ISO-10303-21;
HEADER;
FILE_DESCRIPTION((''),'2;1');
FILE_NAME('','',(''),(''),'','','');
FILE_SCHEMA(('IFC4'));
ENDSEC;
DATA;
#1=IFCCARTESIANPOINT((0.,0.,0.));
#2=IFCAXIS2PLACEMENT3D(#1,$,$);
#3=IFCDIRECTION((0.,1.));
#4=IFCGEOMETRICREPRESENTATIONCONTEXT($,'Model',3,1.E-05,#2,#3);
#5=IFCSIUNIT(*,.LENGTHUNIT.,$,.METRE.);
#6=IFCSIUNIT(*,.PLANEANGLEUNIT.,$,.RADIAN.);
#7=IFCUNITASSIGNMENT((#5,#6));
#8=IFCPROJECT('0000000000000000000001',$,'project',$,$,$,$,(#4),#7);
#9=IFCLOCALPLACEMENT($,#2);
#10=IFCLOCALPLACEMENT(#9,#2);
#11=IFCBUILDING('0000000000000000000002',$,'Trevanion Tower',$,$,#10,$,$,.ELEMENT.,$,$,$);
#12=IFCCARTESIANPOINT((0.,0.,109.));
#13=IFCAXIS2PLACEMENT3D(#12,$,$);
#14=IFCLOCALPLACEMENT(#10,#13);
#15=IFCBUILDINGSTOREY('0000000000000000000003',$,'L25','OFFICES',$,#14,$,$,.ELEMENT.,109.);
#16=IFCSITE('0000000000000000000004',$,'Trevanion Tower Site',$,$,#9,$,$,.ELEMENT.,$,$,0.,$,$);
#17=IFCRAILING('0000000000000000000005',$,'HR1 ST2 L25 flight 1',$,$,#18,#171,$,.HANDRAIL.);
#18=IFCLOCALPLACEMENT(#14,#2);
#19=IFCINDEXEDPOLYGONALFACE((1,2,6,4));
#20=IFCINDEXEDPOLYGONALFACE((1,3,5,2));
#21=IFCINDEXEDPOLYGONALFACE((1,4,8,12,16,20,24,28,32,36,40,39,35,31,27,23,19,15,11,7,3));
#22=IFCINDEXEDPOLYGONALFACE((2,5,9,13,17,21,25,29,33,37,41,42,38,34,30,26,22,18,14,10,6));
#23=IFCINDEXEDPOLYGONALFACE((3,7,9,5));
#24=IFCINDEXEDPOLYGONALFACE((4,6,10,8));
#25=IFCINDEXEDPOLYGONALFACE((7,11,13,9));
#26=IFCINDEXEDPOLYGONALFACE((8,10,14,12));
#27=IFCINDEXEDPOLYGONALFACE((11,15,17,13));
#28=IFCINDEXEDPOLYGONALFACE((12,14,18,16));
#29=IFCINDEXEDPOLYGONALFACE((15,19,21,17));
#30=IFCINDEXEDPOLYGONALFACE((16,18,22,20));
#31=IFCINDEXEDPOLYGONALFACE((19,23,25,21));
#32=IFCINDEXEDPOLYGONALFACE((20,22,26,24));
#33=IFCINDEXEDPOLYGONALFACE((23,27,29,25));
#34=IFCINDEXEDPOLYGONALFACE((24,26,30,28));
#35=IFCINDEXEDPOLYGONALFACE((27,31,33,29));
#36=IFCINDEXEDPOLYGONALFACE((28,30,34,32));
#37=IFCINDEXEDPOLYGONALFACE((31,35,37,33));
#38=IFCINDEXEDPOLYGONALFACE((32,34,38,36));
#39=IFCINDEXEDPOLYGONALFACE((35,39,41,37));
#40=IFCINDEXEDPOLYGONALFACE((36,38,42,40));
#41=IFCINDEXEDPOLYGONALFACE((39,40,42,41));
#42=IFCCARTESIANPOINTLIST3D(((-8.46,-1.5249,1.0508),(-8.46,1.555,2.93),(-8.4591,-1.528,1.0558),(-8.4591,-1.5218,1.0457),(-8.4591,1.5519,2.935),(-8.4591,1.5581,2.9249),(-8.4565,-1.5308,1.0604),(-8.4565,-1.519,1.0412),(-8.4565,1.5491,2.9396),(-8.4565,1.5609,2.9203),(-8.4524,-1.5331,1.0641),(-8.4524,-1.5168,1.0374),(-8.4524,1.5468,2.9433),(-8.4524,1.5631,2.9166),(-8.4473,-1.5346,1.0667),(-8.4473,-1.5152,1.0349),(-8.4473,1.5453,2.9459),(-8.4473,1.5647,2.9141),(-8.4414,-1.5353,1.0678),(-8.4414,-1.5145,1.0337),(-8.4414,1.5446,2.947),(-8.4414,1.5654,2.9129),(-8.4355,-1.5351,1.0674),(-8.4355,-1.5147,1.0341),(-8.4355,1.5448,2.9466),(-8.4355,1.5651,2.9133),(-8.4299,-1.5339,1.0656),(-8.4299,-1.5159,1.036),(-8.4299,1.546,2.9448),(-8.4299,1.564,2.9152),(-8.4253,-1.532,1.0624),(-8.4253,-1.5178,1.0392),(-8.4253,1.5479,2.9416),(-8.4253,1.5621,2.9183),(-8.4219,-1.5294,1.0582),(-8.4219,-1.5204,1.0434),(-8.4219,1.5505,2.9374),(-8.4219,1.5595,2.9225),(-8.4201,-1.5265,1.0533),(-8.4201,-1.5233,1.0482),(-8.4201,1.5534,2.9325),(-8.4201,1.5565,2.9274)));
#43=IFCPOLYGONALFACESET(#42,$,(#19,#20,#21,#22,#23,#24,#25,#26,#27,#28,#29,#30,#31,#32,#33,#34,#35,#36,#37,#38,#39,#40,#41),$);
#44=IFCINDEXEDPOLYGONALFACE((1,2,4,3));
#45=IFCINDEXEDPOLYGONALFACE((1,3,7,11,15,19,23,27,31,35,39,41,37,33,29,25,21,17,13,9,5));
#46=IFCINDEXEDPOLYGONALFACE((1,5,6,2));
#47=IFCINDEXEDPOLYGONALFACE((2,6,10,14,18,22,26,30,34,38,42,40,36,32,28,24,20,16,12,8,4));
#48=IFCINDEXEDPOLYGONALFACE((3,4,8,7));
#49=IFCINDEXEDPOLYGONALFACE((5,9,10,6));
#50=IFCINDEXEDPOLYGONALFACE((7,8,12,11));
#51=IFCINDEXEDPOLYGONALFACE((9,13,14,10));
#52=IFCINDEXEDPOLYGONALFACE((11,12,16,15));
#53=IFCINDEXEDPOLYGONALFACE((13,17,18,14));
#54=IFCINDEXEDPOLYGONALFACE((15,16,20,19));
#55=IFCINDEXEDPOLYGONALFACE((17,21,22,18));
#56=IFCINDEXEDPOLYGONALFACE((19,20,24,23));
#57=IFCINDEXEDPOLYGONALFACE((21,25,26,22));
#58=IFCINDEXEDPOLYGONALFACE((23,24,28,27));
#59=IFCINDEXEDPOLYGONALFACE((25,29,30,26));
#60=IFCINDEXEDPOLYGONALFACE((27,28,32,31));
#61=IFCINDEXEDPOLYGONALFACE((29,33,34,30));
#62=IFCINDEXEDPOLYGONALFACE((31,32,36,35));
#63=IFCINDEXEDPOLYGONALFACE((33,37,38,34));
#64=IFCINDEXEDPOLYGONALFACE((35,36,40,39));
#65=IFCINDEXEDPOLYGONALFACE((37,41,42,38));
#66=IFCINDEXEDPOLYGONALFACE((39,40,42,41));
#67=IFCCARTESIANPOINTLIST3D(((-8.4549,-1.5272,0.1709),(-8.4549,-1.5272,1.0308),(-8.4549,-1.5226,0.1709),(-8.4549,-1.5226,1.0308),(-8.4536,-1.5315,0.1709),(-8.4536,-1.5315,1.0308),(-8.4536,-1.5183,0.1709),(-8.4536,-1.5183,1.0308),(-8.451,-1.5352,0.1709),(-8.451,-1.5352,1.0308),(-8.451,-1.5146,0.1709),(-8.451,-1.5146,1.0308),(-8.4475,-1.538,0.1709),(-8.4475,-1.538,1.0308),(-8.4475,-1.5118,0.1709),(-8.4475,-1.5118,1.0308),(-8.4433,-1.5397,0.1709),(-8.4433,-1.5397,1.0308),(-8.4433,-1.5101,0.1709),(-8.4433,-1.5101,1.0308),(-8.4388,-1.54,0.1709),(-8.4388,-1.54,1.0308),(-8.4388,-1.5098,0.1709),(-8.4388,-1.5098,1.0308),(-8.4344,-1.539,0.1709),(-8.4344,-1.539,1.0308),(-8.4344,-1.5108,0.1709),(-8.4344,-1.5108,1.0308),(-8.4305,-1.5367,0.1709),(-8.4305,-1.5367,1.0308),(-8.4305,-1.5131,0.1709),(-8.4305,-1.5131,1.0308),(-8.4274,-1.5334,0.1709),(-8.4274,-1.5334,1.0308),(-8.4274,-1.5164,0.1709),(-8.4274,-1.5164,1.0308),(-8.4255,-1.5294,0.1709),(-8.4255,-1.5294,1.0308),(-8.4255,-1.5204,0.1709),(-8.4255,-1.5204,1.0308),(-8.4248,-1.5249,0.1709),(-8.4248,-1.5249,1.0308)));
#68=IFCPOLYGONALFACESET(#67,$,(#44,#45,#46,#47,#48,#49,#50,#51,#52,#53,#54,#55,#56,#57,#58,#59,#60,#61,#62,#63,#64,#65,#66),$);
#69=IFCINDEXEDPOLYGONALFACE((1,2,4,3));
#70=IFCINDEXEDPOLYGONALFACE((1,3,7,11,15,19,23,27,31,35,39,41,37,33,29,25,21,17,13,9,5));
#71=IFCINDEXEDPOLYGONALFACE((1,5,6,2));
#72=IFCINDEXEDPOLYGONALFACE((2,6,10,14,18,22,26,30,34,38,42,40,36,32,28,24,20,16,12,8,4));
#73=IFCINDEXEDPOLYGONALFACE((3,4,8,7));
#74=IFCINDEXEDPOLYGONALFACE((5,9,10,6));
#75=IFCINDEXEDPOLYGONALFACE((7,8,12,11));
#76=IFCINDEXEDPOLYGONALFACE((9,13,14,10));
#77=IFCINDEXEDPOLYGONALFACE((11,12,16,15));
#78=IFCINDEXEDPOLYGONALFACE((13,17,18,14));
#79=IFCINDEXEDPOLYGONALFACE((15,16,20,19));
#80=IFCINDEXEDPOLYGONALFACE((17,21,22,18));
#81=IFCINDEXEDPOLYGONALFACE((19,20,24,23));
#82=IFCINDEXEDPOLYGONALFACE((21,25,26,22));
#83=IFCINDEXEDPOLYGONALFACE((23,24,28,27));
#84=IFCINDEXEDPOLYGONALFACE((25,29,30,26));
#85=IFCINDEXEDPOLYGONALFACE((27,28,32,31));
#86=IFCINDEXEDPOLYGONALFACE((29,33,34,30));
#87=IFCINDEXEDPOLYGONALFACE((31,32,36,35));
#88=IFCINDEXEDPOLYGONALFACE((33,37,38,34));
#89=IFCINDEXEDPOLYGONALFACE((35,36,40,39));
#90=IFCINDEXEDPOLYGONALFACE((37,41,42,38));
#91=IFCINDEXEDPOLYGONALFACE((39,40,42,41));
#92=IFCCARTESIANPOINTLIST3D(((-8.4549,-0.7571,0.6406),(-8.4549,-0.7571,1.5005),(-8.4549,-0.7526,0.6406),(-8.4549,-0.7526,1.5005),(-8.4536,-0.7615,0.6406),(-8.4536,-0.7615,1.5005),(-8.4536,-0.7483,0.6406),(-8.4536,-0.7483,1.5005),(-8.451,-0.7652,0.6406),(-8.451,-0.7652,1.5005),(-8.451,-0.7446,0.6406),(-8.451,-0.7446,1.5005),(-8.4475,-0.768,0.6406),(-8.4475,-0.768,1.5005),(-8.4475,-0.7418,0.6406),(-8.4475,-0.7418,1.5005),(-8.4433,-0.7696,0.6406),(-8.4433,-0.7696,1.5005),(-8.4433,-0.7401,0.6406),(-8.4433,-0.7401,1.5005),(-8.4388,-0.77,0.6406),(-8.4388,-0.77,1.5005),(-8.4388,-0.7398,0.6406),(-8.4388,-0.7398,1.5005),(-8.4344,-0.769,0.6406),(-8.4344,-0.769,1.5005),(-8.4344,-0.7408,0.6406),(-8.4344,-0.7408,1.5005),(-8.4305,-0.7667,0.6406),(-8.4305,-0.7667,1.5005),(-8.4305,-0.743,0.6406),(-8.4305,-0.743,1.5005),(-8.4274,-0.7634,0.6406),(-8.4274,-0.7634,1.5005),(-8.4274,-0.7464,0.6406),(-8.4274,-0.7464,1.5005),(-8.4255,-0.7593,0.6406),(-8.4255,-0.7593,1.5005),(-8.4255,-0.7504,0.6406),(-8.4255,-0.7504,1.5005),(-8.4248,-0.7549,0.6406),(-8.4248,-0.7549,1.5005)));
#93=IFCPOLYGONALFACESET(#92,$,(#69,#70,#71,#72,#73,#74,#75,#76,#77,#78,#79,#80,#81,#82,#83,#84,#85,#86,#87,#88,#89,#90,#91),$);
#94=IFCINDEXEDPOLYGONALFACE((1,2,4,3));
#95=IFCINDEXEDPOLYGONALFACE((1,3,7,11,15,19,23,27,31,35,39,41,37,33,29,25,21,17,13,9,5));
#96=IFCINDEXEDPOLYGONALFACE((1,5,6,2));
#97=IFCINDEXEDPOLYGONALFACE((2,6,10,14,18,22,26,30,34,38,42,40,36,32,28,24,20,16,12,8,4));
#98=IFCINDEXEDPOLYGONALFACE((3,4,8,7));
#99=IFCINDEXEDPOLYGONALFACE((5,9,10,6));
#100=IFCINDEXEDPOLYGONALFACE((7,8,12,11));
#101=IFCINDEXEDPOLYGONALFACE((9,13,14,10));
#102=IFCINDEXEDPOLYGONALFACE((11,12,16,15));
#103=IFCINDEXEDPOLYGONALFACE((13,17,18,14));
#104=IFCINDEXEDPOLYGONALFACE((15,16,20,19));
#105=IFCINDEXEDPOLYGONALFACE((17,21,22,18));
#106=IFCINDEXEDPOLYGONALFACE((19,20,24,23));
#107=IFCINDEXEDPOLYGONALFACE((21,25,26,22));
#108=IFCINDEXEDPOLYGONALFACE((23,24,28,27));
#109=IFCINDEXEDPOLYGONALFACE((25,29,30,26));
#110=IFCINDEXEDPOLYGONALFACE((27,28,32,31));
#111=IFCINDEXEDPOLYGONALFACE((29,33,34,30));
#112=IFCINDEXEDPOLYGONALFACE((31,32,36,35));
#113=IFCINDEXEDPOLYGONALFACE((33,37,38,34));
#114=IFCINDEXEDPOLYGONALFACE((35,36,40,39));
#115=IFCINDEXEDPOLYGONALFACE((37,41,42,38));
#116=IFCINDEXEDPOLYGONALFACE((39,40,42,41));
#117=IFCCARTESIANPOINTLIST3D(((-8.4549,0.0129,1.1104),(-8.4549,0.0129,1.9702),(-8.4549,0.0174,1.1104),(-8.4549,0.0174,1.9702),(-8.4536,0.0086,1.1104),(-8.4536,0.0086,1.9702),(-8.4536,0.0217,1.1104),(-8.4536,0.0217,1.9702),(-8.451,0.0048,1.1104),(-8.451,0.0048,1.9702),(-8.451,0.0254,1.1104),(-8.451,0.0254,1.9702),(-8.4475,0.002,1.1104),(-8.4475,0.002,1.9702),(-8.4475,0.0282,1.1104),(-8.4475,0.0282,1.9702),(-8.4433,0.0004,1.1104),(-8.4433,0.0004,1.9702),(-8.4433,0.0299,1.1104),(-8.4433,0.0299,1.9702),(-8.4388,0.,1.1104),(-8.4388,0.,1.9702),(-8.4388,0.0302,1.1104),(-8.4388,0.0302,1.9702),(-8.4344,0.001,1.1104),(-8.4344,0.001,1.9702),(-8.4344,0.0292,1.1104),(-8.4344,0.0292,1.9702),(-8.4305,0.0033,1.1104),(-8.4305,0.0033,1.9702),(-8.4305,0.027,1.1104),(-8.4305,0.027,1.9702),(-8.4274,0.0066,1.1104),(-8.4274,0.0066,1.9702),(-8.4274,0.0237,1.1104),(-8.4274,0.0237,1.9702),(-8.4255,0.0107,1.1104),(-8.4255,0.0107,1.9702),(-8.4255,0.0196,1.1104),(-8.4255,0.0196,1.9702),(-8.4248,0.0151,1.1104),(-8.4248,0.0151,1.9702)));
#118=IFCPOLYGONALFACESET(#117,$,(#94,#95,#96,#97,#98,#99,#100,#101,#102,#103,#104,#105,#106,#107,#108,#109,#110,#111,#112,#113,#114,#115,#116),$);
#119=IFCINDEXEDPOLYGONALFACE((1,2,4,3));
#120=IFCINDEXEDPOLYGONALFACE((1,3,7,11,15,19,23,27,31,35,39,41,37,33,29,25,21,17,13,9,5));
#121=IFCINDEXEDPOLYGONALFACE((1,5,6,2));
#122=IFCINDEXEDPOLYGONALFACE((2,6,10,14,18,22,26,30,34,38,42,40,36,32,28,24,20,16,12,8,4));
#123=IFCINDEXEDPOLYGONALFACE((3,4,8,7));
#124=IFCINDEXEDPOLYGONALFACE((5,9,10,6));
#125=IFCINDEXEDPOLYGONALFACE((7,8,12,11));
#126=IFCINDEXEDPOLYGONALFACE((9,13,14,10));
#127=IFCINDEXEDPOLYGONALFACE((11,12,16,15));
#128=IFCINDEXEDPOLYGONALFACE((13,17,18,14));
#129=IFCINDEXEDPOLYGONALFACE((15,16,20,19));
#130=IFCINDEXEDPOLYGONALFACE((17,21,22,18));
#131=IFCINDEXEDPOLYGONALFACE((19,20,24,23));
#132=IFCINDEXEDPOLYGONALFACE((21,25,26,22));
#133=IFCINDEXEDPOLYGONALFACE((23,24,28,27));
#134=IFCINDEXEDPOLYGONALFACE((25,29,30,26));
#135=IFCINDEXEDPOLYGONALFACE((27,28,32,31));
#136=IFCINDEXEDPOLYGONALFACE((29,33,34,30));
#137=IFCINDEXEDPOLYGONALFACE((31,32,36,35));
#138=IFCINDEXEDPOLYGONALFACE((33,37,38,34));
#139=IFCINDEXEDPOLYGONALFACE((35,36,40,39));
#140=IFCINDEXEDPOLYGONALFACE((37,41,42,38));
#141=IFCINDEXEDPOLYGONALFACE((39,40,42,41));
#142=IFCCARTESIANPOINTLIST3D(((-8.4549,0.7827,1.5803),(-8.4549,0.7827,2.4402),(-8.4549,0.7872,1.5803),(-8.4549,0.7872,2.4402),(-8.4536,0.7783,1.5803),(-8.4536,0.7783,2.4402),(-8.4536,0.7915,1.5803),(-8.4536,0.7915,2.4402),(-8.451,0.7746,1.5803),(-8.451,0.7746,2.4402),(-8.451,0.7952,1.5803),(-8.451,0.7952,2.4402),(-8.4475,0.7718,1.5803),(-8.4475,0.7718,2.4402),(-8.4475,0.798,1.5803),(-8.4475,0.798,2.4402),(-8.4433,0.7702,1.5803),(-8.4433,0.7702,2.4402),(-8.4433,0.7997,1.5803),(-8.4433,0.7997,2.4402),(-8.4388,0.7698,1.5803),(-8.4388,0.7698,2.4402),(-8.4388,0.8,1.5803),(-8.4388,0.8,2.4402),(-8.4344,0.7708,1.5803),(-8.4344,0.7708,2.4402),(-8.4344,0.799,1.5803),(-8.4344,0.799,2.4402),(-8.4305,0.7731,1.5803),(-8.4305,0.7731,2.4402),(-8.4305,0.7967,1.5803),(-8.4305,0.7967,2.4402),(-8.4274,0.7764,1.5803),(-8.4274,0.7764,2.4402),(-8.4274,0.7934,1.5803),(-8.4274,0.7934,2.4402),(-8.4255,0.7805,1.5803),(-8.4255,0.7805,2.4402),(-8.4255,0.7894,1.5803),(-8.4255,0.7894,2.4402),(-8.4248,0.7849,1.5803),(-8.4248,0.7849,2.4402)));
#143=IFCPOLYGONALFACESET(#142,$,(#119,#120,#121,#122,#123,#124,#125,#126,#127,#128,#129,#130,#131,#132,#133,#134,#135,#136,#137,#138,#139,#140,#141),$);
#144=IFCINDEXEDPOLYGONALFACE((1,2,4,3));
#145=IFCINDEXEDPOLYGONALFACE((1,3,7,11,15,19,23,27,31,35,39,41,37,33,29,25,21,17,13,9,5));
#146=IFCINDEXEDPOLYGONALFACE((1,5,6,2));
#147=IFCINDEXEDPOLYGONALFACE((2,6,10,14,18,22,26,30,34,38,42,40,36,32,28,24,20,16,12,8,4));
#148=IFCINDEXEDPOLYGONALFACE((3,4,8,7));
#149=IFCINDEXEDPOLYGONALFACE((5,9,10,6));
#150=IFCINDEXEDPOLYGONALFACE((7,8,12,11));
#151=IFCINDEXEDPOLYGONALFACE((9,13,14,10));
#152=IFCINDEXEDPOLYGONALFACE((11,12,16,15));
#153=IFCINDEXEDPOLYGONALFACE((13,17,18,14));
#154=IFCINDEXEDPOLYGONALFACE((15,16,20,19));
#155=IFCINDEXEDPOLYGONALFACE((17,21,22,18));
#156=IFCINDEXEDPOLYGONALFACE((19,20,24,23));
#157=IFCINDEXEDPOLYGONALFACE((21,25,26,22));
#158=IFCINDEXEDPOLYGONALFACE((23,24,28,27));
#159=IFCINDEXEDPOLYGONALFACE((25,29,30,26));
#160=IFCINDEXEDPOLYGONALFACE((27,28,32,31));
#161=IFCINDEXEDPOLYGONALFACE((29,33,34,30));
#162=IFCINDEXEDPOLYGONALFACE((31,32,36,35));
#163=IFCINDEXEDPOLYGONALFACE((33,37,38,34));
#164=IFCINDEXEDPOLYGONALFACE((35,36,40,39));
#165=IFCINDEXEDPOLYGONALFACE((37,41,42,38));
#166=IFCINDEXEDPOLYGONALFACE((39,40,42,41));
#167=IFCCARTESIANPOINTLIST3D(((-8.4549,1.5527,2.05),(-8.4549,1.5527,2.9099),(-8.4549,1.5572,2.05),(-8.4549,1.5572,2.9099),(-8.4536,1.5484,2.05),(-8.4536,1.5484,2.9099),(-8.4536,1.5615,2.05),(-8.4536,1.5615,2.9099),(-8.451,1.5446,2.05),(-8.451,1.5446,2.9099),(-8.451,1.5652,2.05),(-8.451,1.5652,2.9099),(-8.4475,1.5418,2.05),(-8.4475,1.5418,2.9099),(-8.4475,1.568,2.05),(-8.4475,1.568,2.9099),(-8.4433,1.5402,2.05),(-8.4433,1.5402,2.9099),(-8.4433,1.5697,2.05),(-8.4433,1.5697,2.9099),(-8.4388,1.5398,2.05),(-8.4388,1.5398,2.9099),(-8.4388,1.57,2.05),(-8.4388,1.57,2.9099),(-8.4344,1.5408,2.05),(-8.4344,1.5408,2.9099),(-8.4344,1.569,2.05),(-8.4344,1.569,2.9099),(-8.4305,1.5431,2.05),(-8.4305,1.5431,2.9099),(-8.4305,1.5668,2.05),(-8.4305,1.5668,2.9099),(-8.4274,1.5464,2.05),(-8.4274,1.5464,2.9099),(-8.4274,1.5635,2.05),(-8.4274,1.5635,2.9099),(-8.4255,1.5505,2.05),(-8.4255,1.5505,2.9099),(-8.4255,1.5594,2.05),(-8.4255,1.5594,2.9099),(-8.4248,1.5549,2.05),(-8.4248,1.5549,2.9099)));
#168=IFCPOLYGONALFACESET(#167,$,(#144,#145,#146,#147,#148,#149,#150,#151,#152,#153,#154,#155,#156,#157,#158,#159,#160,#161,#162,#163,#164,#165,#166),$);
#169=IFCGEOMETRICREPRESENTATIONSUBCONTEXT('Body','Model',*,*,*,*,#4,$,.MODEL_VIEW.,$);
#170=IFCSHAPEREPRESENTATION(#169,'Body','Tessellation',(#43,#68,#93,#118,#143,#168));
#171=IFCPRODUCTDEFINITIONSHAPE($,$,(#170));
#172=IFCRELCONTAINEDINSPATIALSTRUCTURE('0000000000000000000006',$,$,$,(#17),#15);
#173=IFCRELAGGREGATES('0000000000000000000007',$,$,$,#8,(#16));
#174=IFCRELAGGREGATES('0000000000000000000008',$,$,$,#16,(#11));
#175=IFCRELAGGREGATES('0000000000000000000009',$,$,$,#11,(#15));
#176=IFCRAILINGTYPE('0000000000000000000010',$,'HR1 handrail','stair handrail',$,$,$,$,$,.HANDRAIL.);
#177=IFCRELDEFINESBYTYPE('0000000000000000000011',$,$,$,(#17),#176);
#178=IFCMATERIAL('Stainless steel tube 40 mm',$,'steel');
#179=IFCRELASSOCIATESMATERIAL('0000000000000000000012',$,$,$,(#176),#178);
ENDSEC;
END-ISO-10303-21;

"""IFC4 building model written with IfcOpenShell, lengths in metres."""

from ifc_helpers import new_model, si_unit, direction, frame, origin, origin_2d, place, context, subcontext, project, spatial, circle, extrude, material, type_object, element, save


model = new_model("IFC4")

# Units and contexts
model_context = context("Model", 3, precision=1e-05, world=origin(), true_north=direction((0.0, 1.0)))
body_context = subcontext(model_context, "Body", "Model", "MODEL_VIEW")
ifc_project = project(units=[si_unit("LENGTHUNIT", "METRE"), si_unit("PLANEANGLEUNIT", "RADIAN")], contexts=[model_context])

# Site, building, storey
site_placement = place(None, origin())
site = spatial("IfcSite", under=ifc_project, at=site_placement, Name="Trevanion Tower Site", CompositionType="ELEMENT", RefElevation=0.0)
building_placement = place(site_placement, origin())
building = spatial("IfcBuilding", under=site, at=building_placement, Name="Trevanion Tower", CompositionType="ELEMENT")
storey_placement = place(building_placement, frame((0.0, 0.0, 109.0)))
storey = spatial("IfcBuildingStorey", under=building, at=storey_placement, Name="L25", Description="OFFICES", CompositionType="ELEMENT", Elevation=109.0)

# Railing
ifc_material_1 = material(Name="Stainless steel tube 40 mm", Category="steel")
railing_type = type_object("IfcRailingType", Name="HR1 handrail", Description="stair handrail", PredefinedType="HANDRAIL", material=ifc_material_1)
for number, where, name in (
    (1, (-8.4399, -1.5249, 0.1709), "HR1 ST2 L25 flight 1"),
):
    element("IfcRailing", number, at=place(storey_placement, frame(where)), inside=storey, type_object=railing_type, Name=name, PredefinedType="HANDRAIL", context=body_context, shape_type="SweptSolid", body=[
        extrude(circle(Radius=0.02, at=origin_2d()), frame((0.0, 0.0, 0.8799), z_axis=(0.0, 0.853648, 0.52085), x_axis=(-1.0, 0.0, 0.0)), (0.0, 0.0, 1.0), 3.6079),
        extrude(circle(Radius=0.0151, at=origin_2d()), origin(), (0.0, 0.0, 1.0), 0.8599),
        extrude(circle(Radius=0.0151, at=origin_2d()), frame((0.0, 0.77, 0.4697)), (0.0, 0.0, 1.0), 0.8599),
        extrude(circle(Radius=0.0151, at=origin_2d()), frame((0.0, 1.54, 0.9395)), (0.0, 0.0, 1.0), 0.8599),
        extrude(circle(Radius=0.0151, at=origin_2d()), frame((0.0, 2.3098, 1.4094)), (0.0, 0.0, 1.0), 0.8599),
        extrude(circle(Radius=0.0151, at=origin_2d()), frame((0.0, 3.0798, 1.8792)), (0.0, 0.0, 1.0), 0.8599),
    ])

save(model, "model.ifc")
